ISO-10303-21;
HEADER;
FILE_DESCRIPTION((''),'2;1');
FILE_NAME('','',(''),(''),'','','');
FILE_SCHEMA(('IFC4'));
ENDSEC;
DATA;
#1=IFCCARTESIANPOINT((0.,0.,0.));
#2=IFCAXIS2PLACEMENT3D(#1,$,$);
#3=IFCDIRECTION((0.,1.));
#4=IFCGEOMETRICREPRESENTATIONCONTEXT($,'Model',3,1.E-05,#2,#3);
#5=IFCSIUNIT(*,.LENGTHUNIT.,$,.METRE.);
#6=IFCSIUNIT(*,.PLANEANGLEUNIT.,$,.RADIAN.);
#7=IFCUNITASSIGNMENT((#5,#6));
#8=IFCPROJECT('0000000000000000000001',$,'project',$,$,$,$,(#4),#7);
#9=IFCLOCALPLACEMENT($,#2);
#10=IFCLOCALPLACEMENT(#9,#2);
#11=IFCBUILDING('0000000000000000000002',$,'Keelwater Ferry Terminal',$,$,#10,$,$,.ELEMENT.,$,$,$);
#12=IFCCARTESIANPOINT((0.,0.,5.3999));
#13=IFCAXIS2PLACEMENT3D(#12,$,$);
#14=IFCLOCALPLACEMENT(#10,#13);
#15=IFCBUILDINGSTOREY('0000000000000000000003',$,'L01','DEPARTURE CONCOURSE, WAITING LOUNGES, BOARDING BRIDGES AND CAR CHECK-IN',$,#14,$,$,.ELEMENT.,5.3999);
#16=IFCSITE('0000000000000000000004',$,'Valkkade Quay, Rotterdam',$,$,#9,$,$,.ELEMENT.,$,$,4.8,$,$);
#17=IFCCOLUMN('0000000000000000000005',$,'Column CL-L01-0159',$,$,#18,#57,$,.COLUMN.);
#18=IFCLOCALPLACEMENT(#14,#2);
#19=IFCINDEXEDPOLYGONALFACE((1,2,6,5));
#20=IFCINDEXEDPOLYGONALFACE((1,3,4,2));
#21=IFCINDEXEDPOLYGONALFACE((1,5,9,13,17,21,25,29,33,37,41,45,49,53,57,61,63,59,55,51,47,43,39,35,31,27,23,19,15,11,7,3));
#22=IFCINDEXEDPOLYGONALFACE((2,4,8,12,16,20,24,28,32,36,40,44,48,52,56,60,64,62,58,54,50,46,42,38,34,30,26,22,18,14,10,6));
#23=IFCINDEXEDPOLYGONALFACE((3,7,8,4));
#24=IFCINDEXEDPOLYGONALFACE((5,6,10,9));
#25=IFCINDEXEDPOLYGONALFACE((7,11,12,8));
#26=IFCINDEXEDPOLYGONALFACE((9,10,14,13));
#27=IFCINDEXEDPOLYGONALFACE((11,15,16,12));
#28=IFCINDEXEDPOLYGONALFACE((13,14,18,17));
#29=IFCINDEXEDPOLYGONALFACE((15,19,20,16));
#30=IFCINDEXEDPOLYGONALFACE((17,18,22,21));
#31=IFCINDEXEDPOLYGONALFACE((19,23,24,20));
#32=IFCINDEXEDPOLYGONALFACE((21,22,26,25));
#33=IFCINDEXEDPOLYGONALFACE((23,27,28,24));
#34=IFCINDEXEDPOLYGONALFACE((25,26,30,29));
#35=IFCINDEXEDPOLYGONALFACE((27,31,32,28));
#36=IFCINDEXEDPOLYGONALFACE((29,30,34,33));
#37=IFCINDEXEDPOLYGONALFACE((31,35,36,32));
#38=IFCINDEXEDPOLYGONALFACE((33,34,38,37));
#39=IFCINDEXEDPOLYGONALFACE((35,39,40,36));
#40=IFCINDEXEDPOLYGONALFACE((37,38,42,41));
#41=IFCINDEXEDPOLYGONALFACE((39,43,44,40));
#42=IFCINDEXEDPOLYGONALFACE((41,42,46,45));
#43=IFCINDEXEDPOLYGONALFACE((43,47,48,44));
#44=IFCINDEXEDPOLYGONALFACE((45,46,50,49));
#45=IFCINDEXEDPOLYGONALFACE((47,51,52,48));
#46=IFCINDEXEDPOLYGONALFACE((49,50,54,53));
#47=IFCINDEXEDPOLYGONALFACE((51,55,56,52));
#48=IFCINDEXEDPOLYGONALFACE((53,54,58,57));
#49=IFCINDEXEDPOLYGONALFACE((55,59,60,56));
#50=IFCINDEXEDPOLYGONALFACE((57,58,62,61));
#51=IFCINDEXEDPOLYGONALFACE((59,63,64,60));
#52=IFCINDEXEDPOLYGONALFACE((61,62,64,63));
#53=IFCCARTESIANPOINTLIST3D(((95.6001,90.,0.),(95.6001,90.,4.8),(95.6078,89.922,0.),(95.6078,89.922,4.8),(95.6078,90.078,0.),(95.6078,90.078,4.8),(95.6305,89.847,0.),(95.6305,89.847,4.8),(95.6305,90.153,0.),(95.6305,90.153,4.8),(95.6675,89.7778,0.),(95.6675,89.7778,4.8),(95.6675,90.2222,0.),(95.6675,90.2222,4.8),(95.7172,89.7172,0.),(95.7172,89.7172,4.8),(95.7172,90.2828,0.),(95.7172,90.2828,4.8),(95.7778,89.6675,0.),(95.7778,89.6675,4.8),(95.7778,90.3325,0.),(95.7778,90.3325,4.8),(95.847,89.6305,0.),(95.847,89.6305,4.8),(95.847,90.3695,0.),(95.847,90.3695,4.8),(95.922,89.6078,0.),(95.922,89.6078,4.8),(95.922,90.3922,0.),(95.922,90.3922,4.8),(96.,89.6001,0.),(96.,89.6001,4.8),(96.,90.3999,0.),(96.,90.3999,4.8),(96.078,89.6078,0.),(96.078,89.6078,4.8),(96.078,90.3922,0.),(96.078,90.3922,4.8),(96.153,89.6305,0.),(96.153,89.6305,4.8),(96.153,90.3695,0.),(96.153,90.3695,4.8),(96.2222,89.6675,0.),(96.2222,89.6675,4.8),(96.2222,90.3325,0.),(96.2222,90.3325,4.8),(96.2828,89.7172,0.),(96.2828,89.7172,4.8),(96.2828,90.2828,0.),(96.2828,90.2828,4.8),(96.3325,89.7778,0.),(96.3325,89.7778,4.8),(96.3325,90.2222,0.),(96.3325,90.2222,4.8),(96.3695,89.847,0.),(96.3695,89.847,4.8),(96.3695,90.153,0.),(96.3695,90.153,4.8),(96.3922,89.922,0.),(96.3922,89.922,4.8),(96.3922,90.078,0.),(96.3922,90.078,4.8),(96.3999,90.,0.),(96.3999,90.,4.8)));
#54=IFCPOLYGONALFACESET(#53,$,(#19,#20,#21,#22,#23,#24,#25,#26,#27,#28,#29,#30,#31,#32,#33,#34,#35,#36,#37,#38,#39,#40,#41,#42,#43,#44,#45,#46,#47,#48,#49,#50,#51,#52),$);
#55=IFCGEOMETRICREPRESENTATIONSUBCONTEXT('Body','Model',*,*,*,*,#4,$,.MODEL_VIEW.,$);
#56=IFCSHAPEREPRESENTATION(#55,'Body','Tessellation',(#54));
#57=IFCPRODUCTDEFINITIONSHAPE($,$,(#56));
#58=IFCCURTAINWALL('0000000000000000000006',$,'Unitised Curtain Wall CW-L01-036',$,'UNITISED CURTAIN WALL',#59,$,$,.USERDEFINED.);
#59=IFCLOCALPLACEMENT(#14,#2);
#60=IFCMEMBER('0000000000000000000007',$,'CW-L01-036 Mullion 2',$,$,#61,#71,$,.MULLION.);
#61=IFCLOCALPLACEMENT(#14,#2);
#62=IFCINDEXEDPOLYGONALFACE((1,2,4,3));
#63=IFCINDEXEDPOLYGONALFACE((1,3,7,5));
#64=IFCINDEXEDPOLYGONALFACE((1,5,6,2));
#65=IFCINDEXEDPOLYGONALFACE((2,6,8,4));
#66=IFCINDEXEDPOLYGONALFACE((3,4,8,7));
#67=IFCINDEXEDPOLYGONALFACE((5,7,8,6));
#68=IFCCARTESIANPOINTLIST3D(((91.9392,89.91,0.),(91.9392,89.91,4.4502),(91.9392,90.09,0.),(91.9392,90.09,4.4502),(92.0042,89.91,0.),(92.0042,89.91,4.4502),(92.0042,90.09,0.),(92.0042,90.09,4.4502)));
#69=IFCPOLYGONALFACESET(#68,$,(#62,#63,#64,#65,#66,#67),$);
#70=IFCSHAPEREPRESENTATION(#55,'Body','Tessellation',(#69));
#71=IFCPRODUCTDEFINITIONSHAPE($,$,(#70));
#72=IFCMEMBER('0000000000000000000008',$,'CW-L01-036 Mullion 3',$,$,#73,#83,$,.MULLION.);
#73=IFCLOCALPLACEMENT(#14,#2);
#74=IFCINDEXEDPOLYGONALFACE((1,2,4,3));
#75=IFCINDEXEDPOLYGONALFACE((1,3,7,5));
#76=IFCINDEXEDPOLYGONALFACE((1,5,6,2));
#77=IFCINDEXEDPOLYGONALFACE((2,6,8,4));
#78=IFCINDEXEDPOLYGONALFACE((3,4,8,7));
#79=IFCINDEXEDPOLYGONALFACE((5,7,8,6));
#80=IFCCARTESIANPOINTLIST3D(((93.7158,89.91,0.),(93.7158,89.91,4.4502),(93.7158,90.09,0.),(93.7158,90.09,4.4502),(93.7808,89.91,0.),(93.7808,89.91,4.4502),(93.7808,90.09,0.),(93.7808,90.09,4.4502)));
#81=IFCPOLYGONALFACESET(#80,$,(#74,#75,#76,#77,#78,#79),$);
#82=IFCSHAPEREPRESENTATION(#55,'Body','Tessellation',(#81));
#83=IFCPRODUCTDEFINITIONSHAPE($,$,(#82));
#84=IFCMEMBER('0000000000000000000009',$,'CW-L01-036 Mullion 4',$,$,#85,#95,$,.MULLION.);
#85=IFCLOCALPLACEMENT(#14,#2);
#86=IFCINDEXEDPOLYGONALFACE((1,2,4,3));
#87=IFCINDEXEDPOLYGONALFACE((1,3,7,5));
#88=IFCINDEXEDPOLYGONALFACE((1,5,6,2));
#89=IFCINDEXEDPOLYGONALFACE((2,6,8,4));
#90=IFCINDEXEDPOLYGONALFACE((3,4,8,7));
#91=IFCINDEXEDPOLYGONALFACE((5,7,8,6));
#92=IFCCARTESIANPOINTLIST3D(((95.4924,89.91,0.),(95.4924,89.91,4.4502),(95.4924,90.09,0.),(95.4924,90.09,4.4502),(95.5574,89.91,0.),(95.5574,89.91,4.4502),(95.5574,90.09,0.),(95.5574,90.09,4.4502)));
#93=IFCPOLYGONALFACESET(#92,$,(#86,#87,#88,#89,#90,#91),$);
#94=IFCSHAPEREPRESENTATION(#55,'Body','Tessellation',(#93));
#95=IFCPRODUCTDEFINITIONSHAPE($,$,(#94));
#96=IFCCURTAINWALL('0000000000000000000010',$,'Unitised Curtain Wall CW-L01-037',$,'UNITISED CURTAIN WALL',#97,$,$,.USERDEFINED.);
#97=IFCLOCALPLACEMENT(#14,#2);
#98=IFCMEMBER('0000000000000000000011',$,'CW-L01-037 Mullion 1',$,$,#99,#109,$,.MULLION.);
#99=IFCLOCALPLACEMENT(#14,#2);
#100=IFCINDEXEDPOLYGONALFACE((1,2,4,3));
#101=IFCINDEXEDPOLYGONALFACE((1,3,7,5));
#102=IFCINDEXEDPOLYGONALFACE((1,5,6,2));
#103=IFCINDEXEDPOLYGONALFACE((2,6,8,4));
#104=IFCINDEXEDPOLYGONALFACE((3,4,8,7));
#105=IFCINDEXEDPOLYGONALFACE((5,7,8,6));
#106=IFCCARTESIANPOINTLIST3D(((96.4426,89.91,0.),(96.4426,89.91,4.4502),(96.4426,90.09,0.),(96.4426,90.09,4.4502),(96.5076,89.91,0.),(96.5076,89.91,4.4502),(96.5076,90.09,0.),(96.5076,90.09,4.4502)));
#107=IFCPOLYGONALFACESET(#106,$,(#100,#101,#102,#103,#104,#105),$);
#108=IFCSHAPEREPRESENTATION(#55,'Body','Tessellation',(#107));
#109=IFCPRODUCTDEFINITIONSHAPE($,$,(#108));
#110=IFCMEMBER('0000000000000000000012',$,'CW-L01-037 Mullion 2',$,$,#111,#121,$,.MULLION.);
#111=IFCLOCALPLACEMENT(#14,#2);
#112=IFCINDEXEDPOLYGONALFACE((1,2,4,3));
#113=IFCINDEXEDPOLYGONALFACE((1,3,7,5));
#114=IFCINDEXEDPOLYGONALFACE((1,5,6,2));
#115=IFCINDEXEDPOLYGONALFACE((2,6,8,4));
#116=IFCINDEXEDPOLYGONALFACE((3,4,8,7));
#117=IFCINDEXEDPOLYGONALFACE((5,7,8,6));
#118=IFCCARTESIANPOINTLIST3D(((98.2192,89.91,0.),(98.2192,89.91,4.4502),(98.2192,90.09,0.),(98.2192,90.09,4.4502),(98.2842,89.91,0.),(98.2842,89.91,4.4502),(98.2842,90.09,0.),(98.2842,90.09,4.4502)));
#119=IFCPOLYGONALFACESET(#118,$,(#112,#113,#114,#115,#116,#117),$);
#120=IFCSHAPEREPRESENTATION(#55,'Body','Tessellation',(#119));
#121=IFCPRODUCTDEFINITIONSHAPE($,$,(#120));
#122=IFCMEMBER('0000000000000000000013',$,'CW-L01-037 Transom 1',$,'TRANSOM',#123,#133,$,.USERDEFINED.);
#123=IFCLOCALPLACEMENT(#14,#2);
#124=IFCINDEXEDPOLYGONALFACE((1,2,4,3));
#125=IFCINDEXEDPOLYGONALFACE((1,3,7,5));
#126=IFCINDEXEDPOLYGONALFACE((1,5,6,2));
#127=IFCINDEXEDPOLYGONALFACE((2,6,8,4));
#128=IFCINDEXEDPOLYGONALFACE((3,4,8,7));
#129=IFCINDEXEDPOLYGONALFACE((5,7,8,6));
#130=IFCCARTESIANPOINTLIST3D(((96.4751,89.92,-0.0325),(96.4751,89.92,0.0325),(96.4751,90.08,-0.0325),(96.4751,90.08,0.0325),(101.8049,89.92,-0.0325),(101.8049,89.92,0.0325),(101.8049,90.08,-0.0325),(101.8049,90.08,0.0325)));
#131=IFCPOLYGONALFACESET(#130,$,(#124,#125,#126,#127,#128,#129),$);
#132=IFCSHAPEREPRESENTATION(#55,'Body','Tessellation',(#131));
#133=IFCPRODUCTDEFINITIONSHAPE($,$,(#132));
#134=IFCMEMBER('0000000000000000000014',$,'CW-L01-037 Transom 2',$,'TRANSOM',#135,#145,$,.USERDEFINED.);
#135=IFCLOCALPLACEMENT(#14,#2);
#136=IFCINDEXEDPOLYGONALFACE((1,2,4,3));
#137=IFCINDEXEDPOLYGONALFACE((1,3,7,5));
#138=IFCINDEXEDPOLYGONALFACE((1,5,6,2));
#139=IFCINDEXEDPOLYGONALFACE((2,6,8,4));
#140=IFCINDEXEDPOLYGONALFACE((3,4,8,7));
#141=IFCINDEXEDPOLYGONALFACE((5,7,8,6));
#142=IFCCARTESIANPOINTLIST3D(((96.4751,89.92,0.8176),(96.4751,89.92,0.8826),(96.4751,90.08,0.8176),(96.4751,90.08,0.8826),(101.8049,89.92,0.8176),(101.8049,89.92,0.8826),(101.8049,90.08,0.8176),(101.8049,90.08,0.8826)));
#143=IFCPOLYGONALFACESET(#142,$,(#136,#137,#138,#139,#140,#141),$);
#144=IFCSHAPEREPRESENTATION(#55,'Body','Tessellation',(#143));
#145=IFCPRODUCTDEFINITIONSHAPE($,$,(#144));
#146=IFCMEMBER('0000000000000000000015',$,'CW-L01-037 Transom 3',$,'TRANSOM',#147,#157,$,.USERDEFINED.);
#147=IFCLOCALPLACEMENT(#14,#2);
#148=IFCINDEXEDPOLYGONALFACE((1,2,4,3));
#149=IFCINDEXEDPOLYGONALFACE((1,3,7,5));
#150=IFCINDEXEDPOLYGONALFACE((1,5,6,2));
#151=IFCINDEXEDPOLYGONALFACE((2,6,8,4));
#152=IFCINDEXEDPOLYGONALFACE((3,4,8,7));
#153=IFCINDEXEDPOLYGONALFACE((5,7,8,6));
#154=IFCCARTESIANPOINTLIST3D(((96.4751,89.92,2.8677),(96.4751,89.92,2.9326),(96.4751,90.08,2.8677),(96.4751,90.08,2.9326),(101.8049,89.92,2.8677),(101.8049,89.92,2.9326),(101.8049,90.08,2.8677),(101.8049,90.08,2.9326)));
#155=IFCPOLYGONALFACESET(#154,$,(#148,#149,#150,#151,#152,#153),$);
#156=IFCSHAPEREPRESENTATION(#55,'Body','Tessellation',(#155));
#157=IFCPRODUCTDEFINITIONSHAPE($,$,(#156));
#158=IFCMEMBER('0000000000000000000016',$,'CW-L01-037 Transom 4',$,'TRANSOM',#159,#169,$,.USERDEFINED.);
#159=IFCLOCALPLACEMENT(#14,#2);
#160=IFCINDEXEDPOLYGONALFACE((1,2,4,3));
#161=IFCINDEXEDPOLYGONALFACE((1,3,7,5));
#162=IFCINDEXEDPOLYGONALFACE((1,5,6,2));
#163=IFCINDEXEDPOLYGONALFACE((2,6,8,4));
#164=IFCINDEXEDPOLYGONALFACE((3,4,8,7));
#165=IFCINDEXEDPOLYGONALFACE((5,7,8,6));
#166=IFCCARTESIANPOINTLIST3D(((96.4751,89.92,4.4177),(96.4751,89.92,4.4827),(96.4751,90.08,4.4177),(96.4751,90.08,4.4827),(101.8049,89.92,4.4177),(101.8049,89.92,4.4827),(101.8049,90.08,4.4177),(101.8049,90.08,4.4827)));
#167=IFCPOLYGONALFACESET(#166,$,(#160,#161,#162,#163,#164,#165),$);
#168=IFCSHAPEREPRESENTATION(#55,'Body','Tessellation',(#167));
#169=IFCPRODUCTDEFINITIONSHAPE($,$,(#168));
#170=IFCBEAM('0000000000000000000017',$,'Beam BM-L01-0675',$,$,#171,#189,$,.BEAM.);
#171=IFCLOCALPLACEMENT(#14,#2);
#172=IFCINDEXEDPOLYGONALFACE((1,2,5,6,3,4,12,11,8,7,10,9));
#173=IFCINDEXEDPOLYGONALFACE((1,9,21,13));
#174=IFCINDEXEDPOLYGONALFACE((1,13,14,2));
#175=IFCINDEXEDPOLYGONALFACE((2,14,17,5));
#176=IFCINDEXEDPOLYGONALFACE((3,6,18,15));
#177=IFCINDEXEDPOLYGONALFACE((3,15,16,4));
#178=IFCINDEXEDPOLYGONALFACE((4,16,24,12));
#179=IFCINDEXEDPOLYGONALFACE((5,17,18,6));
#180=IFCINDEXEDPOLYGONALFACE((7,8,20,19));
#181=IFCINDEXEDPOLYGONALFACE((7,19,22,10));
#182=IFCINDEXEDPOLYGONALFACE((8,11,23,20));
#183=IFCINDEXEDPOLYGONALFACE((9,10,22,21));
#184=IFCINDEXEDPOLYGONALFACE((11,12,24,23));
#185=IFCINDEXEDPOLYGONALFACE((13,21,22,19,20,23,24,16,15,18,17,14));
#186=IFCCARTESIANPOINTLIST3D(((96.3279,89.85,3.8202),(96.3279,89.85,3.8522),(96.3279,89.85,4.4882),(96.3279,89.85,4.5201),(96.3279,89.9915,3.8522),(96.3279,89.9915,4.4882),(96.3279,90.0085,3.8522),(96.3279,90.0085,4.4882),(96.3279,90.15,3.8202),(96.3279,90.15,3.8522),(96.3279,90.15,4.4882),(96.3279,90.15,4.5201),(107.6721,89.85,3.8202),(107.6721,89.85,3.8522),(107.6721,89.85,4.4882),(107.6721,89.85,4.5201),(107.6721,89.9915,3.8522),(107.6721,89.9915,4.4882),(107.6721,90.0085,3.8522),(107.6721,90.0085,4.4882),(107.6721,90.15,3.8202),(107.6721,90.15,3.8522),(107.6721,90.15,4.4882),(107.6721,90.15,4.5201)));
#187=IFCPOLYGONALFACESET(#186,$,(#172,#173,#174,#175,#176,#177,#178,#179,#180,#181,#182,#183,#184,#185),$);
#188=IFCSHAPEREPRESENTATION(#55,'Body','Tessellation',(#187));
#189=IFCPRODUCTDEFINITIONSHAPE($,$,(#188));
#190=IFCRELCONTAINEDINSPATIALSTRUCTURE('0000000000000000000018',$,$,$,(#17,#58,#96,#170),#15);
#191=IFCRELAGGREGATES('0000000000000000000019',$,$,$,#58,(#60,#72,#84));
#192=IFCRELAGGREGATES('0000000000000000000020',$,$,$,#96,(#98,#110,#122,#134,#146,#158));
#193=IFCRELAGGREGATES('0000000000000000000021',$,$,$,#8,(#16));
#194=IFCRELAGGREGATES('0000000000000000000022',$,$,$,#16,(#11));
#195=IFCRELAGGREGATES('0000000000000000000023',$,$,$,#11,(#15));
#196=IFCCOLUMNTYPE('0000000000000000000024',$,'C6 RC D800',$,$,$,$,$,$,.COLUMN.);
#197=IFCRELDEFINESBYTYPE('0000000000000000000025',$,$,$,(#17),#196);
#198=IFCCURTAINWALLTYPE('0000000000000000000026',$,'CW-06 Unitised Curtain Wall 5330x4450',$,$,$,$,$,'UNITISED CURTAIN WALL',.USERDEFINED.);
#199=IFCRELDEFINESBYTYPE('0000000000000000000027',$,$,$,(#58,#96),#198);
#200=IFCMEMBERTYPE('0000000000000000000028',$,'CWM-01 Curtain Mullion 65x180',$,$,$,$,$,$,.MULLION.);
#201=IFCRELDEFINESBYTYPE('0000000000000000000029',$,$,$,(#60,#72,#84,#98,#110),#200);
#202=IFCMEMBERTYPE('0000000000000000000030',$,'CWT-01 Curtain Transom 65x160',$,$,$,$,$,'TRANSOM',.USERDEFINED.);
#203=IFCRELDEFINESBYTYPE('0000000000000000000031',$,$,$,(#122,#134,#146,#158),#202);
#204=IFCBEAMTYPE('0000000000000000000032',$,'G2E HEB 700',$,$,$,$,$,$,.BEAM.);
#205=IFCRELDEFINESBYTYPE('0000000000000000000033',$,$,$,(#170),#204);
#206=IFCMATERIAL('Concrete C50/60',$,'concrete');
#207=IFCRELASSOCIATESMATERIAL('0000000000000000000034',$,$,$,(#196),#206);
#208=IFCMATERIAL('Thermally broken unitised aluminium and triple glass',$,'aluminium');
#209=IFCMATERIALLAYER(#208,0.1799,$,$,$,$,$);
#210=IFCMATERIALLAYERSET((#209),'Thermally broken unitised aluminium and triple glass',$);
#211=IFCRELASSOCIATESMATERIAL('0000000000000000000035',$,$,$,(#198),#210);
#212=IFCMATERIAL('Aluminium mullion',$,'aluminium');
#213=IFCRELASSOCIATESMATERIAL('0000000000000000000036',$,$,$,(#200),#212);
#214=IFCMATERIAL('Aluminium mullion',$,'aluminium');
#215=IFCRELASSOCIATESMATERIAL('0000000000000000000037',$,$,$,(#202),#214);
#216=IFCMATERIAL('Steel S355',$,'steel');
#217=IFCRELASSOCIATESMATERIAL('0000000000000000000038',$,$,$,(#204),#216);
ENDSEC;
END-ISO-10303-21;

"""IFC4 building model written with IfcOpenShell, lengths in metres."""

from ifc_helpers import new_model, si_unit, direction, frame, origin, origin_2d, place, context, subcontext, project, spatial, rectangle, circle, i_section, extrude, material, layer, layer_set, material_profile, profile_set, type_object, element, aggregate, save


model = new_model("IFC4")

# Units and contexts
model_context = context("Model", 3, precision=1e-05, world=origin(), true_north=direction((0.0, 1.0)))
body_context = subcontext(model_context, "Body", "Model", "MODEL_VIEW")
ifc_project = project(units=[si_unit("LENGTHUNIT", "METRE"), si_unit("PLANEANGLEUNIT", "RADIAN")], contexts=[model_context])

# Site, building, storey
site_placement = place(None, origin())
site = spatial("IfcSite", under=ifc_project, at=site_placement, Name="Valkkade Quay, Rotterdam", CompositionType="ELEMENT", RefElevation=4.8)
building_placement = place(site_placement, origin())
building = spatial("IfcBuilding", under=site, at=building_placement, Name="Keelwater Ferry Terminal", CompositionType="ELEMENT")
storey_placement = place(building_placement, frame((0.0, 0.0, 5.3999)))
storey = spatial("IfcBuildingStorey", under=building, at=storey_placement, Name="L01", Description="DEPARTURE CONCOURSE, WAITING LOUNGES, BOARDING BRIDGES AND CAR CHECK-IN", CompositionType="ELEMENT", Elevation=5.3999)

# Column
ifc_material_1 = material(Name="Concrete C50/60", Category="concrete")
ifc_material_profile_1 = material_profile(ifc_material_1, circle(Radius=0.3999, at=origin_2d()), Name="RC D800")
ifc_profile_set_1 = profile_set([ifc_material_profile_1], Name="Concrete C50/60")
column_type = type_object("IfcColumnType", Name="C6 RC D800", PredefinedType="COLUMN", material=ifc_profile_set_1)
column_placement = place(storey_placement, frame((96.0, 90.0, 0.0), z_axis=(0.0, 0.0, 1.0), x_axis=(1.0, 0.0, 0.0)))
element("IfcColumn", 1, at=column_placement, inside=storey, type_object=column_type, Name="Column CL-L01-0159", PredefinedType="COLUMN", context=body_context, shape_type="SweptSolid", body=[
    extrude(circle(Radius=0.3999, at=origin_2d()), origin(), (0.0, 0.0, 1.0), 4.8),
])

# Curtain walls, members
ifc_material_2 = material(Name="Thermally broken unitised aluminium and triple glass", Category="aluminium")
ifc_layer_1 = layer(ifc_material_2, 0.1799)
ifc_layer_set_1 = layer_set([ifc_layer_1], Name="Thermally broken unitised aluminium and triple glass")
curtain_wall_type = type_object("IfcCurtainWallType", Name="CW-06 Unitised Curtain Wall 5330x4450", ElementType="UNITISED CURTAIN WALL", PredefinedType="USERDEFINED", material=ifc_layer_set_1)
curtain_wall_1_placement = place(storey_placement, origin())
curtain_wall_1 = element("IfcCurtainWall", 2, at=curtain_wall_1_placement, inside=storey, type_object=curtain_wall_type, Name="Unitised Curtain Wall CW-L01-036", ObjectType="UNITISED CURTAIN WALL", PredefinedType="USERDEFINED")
ifc_material_3 = material(Name="Aluminium mullion", Category="aluminium")
ifc_material_profile_2 = material_profile(ifc_material_3, rectangle(XDim=0.0649, YDim=0.1799, at=origin_2d()), Name="CWM-01")
ifc_profile_set_2 = profile_set([ifc_material_profile_2], Name="Aluminium mullion")
member_type_1 = type_object("IfcMemberType", Name="CWM-01 Curtain Mullion 65x180", PredefinedType="MULLION", material=ifc_profile_set_2)
member_1_placement = place(storey_placement, frame((91.9717, 90.0, 0.0), z_axis=(0.0, 0.0, 1.0), x_axis=(1.0, 0.0, 0.0)))
member_1 = element("IfcMember", 3, at=member_1_placement, type_object=member_type_1, Name="CW-L01-036 Mullion 2", PredefinedType="MULLION", context=body_context, shape_type="SweptSolid", body=[
    extrude(rectangle(XDim=0.0649, YDim=0.1799, at=origin_2d()), origin(), (0.0, 0.0, 1.0), 4.4502),
])
member_2_placement = place(storey_placement, frame((93.7483, 90.0, 0.0), z_axis=(0.0, 0.0, 1.0), x_axis=(1.0, 0.0, 0.0)))
member_2 = element("IfcMember", 4, at=member_2_placement, type_object=member_type_1, Name="CW-L01-036 Mullion 3", PredefinedType="MULLION", context=body_context, shape_type="SweptSolid", body=[
    extrude(rectangle(XDim=0.0649, YDim=0.1799, at=origin_2d()), origin(), (0.0, 0.0, 1.0), 4.4502),
])
member_3_placement = place(storey_placement, frame((95.5249, 90.0, 0.0), z_axis=(0.0, 0.0, 1.0), x_axis=(1.0, 0.0, 0.0)))
member_3 = element("IfcMember", 5, at=member_3_placement, type_object=member_type_1, Name="CW-L01-036 Mullion 4", PredefinedType="MULLION", context=body_context, shape_type="SweptSolid", body=[
    extrude(rectangle(XDim=0.0649, YDim=0.1799, at=origin_2d()), origin(), (0.0, 0.0, 1.0), 4.4502),
])
curtain_wall_2_placement = place(storey_placement, origin())
curtain_wall_2 = element("IfcCurtainWall", 6, at=curtain_wall_2_placement, inside=storey, type_object=curtain_wall_type, Name="Unitised Curtain Wall CW-L01-037", ObjectType="UNITISED CURTAIN WALL", PredefinedType="USERDEFINED")
member_4_placement = place(storey_placement, frame((96.4751, 90.0, 0.0), z_axis=(0.0, 0.0, 1.0), x_axis=(1.0, 0.0, 0.0)))
member_4 = element("IfcMember", 7, at=member_4_placement, type_object=member_type_1, Name="CW-L01-037 Mullion 1", PredefinedType="MULLION", context=body_context, shape_type="SweptSolid", body=[
    extrude(rectangle(XDim=0.0649, YDim=0.1799, at=origin_2d()), origin(), (0.0, 0.0, 1.0), 4.4502),
])
member_5_placement = place(storey_placement, frame((98.2517, 90.0, 0.0), z_axis=(0.0, 0.0, 1.0), x_axis=(1.0, 0.0, 0.0)))
member_5 = element("IfcMember", 8, at=member_5_placement, type_object=member_type_1, Name="CW-L01-037 Mullion 2", PredefinedType="MULLION", context=body_context, shape_type="SweptSolid", body=[
    extrude(rectangle(XDim=0.0649, YDim=0.1799, at=origin_2d()), origin(), (0.0, 0.0, 1.0), 4.4502),
])
ifc_material_4 = material(Name="Aluminium mullion", Category="aluminium")
ifc_material_profile_3 = material_profile(ifc_material_4, rectangle(XDim=0.1599, YDim=0.0649, at=origin_2d()), Name="CWT-01")
ifc_profile_set_3 = profile_set([ifc_material_profile_3], Name="Aluminium mullion")
member_type_2 = type_object("IfcMemberType", Name="CWT-01 Curtain Transom 65x160", ElementType="TRANSOM", PredefinedType="USERDEFINED", material=ifc_profile_set_3)
member_6_placement = place(storey_placement, frame((96.4751, 90.0, 0.0), z_axis=(1.0, 0.0, 0.0), x_axis=(0.0, 1.0, 0.0)))
member_6 = element("IfcMember", 9, at=member_6_placement, type_object=member_type_2, Name="CW-L01-037 Transom 1", ObjectType="TRANSOM", PredefinedType="USERDEFINED", context=body_context, shape_type="SweptSolid", body=[
    extrude(rectangle(XDim=0.1599, YDim=0.0649, at=origin_2d()), origin(), (0.0, 0.0, 1.0), 5.3298),
])
member_7_placement = place(storey_placement, frame((96.4751, 90.0, 0.8501), z_axis=(1.0, 0.0, 0.0), x_axis=(0.0, 1.0, 0.0)))
member_7 = element("IfcMember", 10, at=member_7_placement, type_object=member_type_2, Name="CW-L01-037 Transom 2", ObjectType="TRANSOM", PredefinedType="USERDEFINED", context=body_context, shape_type="SweptSolid", body=[
    extrude(rectangle(XDim=0.1599, YDim=0.0649, at=origin_2d()), origin(), (0.0, 0.0, 1.0), 5.3298),
])
member_8_placement = place(storey_placement, frame((96.4751, 90.0, 2.9001), z_axis=(1.0, 0.0, 0.0), x_axis=(0.0, 1.0, 0.0)))
member_8 = element("IfcMember", 11, at=member_8_placement, type_object=member_type_2, Name="CW-L01-037 Transom 3", ObjectType="TRANSOM", PredefinedType="USERDEFINED", context=body_context, shape_type="SweptSolid", body=[
    extrude(rectangle(XDim=0.1599, YDim=0.0649, at=origin_2d()), origin(), (0.0, 0.0, 1.0), 5.3298),
])
member_9_placement = place(storey_placement, frame((96.4751, 90.0, 4.4502), z_axis=(1.0, 0.0, 0.0), x_axis=(0.0, 1.0, 0.0)))
member_9 = element("IfcMember", 12, at=member_9_placement, type_object=member_type_2, Name="CW-L01-037 Transom 4", ObjectType="TRANSOM", PredefinedType="USERDEFINED", context=body_context, shape_type="SweptSolid", body=[
    extrude(rectangle(XDim=0.1599, YDim=0.0649, at=origin_2d()), origin(), (0.0, 0.0, 1.0), 5.3298),
])

# Beam
ifc_material_5 = material(Name="Steel S355", Category="steel")
ifc_material_profile_4 = material_profile(ifc_material_5, i_section(OverallWidth=0.3, OverallDepth=0.7, WebThickness=0.0171, FlangeThickness=0.032, at=origin_2d()), Name="HEB 700")
ifc_profile_set_4 = profile_set([ifc_material_profile_4], Name="Steel S355")
beam_type = type_object("IfcBeamType", Name="G2E HEB 700", PredefinedType="BEAM", material=ifc_profile_set_4)
beam_placement = place(storey_placement, frame((96.3279, 90.0, 4.1702), z_axis=(1.0, 0.0, 0.0), x_axis=(0.0, 1.0, 0.0)))
element("IfcBeam", 13, at=beam_placement, inside=storey, type_object=beam_type, Name="Beam BM-L01-0675", PredefinedType="BEAM", context=body_context, shape_type="SweptSolid", body=[
    extrude(i_section(OverallWidth=0.3, OverallDepth=0.7, WebThickness=0.0171, FlangeThickness=0.032, at=origin_2d()), origin(), (0.0, 0.0, 1.0), 11.3442),
])

aggregate(curtain_wall_1, [member_1, member_2, member_3])
aggregate(curtain_wall_2, [member_4, member_5, member_6, member_7, member_8, member_9])

save(model, "model.ifc")
